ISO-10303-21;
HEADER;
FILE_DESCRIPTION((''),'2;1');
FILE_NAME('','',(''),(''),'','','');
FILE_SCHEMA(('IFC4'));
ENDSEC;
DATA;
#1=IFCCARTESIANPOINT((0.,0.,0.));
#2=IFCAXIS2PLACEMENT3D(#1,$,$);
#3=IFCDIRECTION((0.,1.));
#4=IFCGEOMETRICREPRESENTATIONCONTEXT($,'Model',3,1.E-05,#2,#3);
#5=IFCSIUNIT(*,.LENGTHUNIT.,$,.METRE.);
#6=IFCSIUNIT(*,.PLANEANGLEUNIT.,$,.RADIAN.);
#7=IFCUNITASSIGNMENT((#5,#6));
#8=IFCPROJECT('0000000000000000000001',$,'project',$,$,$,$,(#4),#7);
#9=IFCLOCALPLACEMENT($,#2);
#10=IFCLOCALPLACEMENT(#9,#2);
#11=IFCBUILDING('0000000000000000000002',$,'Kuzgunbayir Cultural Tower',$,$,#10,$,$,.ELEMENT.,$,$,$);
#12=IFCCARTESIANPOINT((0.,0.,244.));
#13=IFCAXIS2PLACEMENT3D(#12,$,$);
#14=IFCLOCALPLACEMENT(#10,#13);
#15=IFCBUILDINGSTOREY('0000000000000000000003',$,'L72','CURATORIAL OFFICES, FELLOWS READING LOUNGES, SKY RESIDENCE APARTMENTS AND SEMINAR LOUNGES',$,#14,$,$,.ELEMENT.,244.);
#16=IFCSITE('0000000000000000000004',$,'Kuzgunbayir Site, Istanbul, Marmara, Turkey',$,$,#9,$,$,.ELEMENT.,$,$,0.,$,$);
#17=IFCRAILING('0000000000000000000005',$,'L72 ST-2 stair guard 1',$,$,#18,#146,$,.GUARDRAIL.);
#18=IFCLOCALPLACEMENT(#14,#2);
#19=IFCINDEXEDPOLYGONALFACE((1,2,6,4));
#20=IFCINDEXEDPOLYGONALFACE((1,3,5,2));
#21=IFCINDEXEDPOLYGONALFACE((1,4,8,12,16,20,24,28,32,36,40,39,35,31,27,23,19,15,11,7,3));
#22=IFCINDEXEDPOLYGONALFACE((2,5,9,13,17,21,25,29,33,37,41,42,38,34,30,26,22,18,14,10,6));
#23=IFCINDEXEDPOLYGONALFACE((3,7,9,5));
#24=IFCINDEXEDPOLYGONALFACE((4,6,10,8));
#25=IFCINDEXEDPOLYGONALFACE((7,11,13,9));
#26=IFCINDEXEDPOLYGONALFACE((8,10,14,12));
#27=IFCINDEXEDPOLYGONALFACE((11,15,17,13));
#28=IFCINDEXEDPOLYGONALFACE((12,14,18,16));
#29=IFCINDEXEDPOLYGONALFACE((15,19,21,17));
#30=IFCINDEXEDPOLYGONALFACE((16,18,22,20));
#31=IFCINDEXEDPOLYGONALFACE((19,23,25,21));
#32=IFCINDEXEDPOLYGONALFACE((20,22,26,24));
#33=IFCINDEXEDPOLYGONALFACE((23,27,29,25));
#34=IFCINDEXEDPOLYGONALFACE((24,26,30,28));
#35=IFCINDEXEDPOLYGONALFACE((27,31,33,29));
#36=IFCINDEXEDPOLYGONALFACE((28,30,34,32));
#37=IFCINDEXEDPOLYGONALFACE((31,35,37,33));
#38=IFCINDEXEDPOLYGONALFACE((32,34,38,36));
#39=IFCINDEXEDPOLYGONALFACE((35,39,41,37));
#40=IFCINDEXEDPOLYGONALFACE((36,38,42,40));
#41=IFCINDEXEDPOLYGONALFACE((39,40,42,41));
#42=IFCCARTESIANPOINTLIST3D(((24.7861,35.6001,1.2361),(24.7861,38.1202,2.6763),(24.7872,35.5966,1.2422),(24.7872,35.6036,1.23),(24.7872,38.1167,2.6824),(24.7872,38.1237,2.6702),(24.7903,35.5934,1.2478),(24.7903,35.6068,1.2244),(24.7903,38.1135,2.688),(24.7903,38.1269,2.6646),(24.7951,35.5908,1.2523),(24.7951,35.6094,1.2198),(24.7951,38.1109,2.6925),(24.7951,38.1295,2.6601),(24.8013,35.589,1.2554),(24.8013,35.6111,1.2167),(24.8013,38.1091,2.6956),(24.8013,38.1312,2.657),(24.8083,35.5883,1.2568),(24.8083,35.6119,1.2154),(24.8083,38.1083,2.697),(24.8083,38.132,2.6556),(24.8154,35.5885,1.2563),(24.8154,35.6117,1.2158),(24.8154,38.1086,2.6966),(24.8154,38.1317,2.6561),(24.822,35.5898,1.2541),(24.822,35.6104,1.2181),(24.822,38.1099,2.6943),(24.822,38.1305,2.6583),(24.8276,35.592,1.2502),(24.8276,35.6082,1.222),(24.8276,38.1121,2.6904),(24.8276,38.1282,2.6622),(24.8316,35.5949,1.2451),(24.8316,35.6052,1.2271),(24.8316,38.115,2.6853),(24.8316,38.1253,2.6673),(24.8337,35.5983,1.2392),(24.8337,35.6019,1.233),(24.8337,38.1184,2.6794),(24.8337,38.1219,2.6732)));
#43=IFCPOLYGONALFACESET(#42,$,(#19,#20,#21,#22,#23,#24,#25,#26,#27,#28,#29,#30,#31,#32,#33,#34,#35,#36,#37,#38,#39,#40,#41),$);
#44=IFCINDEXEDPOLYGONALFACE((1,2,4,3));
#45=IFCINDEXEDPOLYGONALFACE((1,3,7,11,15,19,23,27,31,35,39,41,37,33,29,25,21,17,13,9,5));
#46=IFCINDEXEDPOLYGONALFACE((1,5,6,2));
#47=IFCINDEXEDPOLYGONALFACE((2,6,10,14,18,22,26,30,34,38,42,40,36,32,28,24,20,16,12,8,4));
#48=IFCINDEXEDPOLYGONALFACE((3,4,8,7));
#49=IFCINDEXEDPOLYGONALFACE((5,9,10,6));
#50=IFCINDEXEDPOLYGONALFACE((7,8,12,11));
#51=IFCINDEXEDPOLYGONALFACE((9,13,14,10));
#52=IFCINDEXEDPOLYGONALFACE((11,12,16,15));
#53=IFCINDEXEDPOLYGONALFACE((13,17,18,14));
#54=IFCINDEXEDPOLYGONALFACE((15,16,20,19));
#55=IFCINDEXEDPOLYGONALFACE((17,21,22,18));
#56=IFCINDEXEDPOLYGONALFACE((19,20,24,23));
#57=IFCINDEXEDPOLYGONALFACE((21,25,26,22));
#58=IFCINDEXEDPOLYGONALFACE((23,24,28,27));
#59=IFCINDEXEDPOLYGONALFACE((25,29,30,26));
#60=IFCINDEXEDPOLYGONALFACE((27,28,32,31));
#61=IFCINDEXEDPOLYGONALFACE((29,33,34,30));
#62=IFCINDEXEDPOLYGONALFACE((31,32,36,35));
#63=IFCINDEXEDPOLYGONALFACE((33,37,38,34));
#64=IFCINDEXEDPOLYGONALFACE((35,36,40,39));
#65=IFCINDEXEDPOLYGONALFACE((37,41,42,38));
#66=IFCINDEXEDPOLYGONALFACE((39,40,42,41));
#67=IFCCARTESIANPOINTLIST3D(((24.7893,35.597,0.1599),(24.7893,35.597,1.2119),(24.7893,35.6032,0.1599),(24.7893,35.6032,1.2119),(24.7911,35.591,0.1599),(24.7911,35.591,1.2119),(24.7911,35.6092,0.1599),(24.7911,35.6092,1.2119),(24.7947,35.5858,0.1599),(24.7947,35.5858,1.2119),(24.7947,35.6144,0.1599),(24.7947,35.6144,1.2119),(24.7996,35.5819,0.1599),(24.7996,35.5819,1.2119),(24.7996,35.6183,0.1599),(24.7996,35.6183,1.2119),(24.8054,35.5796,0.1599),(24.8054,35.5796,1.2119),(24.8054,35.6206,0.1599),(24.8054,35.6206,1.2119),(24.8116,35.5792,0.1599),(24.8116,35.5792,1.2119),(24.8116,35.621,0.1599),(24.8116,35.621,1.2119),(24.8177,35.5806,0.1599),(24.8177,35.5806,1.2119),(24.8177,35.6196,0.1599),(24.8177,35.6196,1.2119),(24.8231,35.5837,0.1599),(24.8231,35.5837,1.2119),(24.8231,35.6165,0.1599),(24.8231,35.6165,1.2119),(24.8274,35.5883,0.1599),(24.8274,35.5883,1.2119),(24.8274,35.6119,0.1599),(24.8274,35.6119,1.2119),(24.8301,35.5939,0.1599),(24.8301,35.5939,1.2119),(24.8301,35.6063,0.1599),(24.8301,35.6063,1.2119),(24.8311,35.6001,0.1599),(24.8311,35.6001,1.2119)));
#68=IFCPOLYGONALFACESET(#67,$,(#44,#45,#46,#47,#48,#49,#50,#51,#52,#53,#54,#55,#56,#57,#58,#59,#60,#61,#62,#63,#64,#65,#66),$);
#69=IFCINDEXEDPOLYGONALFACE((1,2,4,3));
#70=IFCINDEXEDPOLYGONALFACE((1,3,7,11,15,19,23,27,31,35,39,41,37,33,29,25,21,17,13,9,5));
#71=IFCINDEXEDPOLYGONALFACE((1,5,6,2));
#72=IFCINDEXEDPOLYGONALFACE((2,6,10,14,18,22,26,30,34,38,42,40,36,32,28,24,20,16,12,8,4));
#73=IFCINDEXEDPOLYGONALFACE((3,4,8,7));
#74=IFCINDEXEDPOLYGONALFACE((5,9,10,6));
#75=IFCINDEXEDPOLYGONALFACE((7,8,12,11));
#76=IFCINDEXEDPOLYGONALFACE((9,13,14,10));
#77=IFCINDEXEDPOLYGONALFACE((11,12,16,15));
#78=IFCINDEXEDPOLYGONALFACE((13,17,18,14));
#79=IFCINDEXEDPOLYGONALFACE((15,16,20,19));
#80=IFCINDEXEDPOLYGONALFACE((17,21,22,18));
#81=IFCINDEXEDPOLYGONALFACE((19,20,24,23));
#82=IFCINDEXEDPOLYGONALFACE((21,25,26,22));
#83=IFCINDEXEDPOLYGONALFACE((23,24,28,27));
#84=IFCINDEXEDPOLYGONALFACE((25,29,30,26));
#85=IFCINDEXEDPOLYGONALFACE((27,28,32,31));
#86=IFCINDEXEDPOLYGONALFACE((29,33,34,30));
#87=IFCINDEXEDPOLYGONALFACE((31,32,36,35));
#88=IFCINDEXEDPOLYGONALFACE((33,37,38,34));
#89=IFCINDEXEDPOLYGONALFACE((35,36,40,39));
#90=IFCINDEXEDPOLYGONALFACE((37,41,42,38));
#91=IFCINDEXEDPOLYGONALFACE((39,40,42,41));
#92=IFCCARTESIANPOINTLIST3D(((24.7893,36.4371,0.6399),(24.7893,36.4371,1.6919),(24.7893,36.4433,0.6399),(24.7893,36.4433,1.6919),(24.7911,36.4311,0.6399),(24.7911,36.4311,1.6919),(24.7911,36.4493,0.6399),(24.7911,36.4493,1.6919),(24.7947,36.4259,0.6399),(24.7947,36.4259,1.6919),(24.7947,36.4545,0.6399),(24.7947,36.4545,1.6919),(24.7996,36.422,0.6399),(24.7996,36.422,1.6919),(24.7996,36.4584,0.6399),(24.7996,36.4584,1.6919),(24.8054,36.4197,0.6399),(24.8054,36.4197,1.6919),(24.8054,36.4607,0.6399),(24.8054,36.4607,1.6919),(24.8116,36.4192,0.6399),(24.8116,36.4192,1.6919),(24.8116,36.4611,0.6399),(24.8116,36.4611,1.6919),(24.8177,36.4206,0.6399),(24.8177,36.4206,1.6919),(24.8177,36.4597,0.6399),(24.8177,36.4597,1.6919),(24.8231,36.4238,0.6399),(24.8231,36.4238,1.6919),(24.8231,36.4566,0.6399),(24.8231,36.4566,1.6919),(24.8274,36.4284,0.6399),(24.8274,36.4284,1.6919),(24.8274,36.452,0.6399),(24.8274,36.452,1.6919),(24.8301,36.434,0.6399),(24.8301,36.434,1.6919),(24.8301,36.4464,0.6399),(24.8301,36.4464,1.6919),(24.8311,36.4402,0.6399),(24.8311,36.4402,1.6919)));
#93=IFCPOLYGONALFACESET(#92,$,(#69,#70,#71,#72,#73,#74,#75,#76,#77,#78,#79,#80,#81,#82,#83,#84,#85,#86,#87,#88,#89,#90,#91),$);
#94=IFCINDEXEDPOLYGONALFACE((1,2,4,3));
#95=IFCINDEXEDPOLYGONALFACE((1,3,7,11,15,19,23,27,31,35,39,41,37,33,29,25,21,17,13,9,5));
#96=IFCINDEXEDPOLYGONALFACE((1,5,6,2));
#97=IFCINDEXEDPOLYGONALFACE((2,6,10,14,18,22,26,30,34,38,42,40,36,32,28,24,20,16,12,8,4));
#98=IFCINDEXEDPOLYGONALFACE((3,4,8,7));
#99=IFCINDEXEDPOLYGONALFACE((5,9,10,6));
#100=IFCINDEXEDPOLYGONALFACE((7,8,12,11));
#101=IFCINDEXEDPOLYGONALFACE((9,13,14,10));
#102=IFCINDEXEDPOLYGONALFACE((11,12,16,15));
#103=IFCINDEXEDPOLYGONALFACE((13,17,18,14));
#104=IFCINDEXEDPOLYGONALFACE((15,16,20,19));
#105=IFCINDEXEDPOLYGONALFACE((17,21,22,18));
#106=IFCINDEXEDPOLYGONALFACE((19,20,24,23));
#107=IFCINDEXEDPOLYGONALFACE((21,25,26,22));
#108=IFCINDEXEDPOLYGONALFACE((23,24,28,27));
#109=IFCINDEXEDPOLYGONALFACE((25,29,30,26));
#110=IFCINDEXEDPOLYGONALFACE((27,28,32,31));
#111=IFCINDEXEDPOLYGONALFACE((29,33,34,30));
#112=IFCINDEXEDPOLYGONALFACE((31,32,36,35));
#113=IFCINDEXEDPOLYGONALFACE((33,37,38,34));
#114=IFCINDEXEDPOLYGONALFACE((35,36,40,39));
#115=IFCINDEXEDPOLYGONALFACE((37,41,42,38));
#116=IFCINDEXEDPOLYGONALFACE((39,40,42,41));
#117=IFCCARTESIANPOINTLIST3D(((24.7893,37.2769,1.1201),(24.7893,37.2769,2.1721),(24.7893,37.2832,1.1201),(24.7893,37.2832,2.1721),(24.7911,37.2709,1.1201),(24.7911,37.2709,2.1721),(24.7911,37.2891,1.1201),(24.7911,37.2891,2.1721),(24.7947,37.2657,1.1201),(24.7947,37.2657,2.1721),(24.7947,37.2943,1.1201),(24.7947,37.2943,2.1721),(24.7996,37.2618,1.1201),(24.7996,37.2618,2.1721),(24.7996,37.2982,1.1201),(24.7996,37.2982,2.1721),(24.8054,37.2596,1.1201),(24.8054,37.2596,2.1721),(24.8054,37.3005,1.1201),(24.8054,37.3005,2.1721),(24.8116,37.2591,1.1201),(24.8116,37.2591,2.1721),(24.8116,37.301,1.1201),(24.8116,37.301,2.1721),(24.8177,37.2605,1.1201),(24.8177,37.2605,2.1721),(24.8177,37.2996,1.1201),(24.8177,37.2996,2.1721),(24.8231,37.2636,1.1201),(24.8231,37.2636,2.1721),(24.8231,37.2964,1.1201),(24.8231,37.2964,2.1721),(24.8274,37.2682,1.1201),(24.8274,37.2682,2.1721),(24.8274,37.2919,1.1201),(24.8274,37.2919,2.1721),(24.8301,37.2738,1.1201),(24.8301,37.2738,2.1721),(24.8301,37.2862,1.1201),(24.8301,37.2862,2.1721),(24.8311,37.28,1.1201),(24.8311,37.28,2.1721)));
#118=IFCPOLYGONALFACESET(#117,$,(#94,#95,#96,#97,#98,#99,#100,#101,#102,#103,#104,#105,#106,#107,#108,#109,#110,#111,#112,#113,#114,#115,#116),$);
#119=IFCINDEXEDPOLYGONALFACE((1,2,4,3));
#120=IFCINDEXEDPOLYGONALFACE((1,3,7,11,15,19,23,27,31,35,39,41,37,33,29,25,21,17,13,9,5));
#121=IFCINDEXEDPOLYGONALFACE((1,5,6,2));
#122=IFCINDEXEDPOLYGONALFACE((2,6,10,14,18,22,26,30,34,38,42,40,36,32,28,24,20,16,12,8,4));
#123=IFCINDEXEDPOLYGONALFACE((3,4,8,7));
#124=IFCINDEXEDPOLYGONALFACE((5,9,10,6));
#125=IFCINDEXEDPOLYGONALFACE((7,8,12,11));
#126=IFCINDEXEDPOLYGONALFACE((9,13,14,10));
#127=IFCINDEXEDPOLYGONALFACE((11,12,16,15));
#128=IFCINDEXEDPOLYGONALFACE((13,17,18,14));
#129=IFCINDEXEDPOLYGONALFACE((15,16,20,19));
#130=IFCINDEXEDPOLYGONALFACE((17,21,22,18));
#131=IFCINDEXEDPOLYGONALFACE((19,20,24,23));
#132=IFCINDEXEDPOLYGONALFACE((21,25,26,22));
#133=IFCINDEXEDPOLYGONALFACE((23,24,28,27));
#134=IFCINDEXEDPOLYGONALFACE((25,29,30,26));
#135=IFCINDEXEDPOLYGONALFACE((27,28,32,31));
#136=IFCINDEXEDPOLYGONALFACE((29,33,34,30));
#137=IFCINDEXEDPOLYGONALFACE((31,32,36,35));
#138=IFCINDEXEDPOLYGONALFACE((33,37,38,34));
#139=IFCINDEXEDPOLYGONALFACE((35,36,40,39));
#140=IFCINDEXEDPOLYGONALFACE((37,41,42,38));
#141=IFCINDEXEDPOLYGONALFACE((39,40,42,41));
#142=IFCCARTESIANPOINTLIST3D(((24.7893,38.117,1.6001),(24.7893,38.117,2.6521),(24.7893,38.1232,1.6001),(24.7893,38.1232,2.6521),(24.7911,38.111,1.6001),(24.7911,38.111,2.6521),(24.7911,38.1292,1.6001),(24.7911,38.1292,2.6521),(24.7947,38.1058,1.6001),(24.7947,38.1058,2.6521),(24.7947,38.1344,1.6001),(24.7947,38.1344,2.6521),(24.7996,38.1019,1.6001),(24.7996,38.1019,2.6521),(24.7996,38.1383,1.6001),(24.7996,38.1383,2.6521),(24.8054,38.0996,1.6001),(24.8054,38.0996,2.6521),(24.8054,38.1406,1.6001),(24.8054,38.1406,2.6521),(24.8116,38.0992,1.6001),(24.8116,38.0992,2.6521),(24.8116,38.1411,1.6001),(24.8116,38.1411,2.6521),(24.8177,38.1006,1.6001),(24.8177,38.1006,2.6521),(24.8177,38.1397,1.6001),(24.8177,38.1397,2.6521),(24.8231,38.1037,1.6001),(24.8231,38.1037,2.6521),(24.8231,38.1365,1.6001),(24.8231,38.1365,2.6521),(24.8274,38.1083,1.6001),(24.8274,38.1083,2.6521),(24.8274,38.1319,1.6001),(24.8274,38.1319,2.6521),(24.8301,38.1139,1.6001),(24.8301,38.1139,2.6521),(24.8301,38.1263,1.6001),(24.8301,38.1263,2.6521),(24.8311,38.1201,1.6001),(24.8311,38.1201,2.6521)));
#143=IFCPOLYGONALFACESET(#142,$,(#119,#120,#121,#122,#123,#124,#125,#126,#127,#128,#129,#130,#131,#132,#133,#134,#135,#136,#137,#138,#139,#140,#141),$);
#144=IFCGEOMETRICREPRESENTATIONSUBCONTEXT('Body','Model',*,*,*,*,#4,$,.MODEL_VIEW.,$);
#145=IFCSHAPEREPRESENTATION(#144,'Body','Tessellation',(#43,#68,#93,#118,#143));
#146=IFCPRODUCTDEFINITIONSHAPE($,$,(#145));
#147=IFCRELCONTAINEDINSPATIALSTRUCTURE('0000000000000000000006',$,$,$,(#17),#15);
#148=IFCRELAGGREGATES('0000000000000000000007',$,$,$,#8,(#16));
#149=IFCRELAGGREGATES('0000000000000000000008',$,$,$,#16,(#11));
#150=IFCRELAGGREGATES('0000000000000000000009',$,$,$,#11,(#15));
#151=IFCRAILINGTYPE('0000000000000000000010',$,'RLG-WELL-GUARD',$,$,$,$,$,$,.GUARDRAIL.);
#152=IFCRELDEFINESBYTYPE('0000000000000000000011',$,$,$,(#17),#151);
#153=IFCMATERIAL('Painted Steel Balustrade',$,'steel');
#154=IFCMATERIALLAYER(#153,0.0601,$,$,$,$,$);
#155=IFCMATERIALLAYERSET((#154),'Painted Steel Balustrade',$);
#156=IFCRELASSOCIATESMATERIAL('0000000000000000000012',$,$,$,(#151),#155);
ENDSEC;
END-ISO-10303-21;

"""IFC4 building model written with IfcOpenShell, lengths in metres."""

from ifc_helpers import new_model, si_unit, direction, frame, origin, origin_2d, place, context, subcontext, project, spatial, circle, extrude, material, layer, layer_set, type_object, element, save


model = new_model("IFC4")

# Units and contexts
model_context = context("Model", 3, precision=1e-05, world=origin(), true_north=direction((0.0, 1.0)))
body_context = subcontext(model_context, "Body", "Model", "MODEL_VIEW")
ifc_project = project(units=[si_unit("LENGTHUNIT", "METRE"), si_unit("PLANEANGLEUNIT", "RADIAN")], contexts=[model_context])

# Site, building, storey
site_placement = place(None, origin())
site = spatial("IfcSite", under=ifc_project, at=site_placement, Name="Kuzgunbayir Site, Istanbul, Marmara, Turkey", CompositionType="ELEMENT", RefElevation=0.0)
building_placement = place(site_placement, origin())
building = spatial("IfcBuilding", under=site, at=building_placement, Name="Kuzgunbayir Cultural Tower", CompositionType="ELEMENT")
storey_placement = place(building_placement, frame((0.0, 0.0, 244.0)))
storey = spatial("IfcBuildingStorey", under=building, at=storey_placement, Name="L72", Description="CURATORIAL OFFICES, FELLOWS READING LOUNGES, SKY RESIDENCE APARTMENTS AND SEMINAR LOUNGES", CompositionType="ELEMENT", Elevation=244.0)

# Railing
ifc_material_1 = material(Name="Painted Steel Balustrade", Category="steel")
ifc_layer_1 = layer(ifc_material_1, 0.0601)
ifc_layer_set_1 = layer_set([ifc_layer_1], Name="Painted Steel Balustrade")
railing_type_1 = type_object("IfcRailingType", Name="RLG-WELL-GUARD", PredefinedType="GUARDRAIL", material=ifc_layer_set_1)
railing_1_placement = place(storey_placement, frame((24.8101, 35.6001, 0.1599)))
element("IfcRailing", 1, at=railing_1_placement, inside=storey, type_object=railing_type_1, Name="L72 ST-2 stair guard 1", PredefinedType="GUARDRAIL", context=body_context, shape_type="SweptSolid", body=[
    extrude(circle(Radius=0.0239, at=origin_2d()), frame((0.0, 0.0, 1.0762), z_axis=(0.0, 0.868217, 0.496184), x_axis=(-1.0, 0.0, 0.0)), (0.0, 0.0, 1.0), 2.9026),
    extrude(circle(Radius=0.021, at=origin_2d()), origin(), (0.0, 0.0, 1.0), 1.052),
    extrude(circle(Radius=0.021, at=origin_2d()), frame((0.0, 0.8401, 0.48)), (0.0, 0.0, 1.0), 1.052),
    extrude(circle(Radius=0.021, at=origin_2d()), frame((0.0, 1.6799, 0.9602)), (0.0, 0.0, 1.0), 1.052),
    extrude(circle(Radius=0.021, at=origin_2d()), frame((0.0, 2.52, 1.4402)), (0.0, 0.0, 1.0), 1.052),
])

save(model, "model.ifc")
